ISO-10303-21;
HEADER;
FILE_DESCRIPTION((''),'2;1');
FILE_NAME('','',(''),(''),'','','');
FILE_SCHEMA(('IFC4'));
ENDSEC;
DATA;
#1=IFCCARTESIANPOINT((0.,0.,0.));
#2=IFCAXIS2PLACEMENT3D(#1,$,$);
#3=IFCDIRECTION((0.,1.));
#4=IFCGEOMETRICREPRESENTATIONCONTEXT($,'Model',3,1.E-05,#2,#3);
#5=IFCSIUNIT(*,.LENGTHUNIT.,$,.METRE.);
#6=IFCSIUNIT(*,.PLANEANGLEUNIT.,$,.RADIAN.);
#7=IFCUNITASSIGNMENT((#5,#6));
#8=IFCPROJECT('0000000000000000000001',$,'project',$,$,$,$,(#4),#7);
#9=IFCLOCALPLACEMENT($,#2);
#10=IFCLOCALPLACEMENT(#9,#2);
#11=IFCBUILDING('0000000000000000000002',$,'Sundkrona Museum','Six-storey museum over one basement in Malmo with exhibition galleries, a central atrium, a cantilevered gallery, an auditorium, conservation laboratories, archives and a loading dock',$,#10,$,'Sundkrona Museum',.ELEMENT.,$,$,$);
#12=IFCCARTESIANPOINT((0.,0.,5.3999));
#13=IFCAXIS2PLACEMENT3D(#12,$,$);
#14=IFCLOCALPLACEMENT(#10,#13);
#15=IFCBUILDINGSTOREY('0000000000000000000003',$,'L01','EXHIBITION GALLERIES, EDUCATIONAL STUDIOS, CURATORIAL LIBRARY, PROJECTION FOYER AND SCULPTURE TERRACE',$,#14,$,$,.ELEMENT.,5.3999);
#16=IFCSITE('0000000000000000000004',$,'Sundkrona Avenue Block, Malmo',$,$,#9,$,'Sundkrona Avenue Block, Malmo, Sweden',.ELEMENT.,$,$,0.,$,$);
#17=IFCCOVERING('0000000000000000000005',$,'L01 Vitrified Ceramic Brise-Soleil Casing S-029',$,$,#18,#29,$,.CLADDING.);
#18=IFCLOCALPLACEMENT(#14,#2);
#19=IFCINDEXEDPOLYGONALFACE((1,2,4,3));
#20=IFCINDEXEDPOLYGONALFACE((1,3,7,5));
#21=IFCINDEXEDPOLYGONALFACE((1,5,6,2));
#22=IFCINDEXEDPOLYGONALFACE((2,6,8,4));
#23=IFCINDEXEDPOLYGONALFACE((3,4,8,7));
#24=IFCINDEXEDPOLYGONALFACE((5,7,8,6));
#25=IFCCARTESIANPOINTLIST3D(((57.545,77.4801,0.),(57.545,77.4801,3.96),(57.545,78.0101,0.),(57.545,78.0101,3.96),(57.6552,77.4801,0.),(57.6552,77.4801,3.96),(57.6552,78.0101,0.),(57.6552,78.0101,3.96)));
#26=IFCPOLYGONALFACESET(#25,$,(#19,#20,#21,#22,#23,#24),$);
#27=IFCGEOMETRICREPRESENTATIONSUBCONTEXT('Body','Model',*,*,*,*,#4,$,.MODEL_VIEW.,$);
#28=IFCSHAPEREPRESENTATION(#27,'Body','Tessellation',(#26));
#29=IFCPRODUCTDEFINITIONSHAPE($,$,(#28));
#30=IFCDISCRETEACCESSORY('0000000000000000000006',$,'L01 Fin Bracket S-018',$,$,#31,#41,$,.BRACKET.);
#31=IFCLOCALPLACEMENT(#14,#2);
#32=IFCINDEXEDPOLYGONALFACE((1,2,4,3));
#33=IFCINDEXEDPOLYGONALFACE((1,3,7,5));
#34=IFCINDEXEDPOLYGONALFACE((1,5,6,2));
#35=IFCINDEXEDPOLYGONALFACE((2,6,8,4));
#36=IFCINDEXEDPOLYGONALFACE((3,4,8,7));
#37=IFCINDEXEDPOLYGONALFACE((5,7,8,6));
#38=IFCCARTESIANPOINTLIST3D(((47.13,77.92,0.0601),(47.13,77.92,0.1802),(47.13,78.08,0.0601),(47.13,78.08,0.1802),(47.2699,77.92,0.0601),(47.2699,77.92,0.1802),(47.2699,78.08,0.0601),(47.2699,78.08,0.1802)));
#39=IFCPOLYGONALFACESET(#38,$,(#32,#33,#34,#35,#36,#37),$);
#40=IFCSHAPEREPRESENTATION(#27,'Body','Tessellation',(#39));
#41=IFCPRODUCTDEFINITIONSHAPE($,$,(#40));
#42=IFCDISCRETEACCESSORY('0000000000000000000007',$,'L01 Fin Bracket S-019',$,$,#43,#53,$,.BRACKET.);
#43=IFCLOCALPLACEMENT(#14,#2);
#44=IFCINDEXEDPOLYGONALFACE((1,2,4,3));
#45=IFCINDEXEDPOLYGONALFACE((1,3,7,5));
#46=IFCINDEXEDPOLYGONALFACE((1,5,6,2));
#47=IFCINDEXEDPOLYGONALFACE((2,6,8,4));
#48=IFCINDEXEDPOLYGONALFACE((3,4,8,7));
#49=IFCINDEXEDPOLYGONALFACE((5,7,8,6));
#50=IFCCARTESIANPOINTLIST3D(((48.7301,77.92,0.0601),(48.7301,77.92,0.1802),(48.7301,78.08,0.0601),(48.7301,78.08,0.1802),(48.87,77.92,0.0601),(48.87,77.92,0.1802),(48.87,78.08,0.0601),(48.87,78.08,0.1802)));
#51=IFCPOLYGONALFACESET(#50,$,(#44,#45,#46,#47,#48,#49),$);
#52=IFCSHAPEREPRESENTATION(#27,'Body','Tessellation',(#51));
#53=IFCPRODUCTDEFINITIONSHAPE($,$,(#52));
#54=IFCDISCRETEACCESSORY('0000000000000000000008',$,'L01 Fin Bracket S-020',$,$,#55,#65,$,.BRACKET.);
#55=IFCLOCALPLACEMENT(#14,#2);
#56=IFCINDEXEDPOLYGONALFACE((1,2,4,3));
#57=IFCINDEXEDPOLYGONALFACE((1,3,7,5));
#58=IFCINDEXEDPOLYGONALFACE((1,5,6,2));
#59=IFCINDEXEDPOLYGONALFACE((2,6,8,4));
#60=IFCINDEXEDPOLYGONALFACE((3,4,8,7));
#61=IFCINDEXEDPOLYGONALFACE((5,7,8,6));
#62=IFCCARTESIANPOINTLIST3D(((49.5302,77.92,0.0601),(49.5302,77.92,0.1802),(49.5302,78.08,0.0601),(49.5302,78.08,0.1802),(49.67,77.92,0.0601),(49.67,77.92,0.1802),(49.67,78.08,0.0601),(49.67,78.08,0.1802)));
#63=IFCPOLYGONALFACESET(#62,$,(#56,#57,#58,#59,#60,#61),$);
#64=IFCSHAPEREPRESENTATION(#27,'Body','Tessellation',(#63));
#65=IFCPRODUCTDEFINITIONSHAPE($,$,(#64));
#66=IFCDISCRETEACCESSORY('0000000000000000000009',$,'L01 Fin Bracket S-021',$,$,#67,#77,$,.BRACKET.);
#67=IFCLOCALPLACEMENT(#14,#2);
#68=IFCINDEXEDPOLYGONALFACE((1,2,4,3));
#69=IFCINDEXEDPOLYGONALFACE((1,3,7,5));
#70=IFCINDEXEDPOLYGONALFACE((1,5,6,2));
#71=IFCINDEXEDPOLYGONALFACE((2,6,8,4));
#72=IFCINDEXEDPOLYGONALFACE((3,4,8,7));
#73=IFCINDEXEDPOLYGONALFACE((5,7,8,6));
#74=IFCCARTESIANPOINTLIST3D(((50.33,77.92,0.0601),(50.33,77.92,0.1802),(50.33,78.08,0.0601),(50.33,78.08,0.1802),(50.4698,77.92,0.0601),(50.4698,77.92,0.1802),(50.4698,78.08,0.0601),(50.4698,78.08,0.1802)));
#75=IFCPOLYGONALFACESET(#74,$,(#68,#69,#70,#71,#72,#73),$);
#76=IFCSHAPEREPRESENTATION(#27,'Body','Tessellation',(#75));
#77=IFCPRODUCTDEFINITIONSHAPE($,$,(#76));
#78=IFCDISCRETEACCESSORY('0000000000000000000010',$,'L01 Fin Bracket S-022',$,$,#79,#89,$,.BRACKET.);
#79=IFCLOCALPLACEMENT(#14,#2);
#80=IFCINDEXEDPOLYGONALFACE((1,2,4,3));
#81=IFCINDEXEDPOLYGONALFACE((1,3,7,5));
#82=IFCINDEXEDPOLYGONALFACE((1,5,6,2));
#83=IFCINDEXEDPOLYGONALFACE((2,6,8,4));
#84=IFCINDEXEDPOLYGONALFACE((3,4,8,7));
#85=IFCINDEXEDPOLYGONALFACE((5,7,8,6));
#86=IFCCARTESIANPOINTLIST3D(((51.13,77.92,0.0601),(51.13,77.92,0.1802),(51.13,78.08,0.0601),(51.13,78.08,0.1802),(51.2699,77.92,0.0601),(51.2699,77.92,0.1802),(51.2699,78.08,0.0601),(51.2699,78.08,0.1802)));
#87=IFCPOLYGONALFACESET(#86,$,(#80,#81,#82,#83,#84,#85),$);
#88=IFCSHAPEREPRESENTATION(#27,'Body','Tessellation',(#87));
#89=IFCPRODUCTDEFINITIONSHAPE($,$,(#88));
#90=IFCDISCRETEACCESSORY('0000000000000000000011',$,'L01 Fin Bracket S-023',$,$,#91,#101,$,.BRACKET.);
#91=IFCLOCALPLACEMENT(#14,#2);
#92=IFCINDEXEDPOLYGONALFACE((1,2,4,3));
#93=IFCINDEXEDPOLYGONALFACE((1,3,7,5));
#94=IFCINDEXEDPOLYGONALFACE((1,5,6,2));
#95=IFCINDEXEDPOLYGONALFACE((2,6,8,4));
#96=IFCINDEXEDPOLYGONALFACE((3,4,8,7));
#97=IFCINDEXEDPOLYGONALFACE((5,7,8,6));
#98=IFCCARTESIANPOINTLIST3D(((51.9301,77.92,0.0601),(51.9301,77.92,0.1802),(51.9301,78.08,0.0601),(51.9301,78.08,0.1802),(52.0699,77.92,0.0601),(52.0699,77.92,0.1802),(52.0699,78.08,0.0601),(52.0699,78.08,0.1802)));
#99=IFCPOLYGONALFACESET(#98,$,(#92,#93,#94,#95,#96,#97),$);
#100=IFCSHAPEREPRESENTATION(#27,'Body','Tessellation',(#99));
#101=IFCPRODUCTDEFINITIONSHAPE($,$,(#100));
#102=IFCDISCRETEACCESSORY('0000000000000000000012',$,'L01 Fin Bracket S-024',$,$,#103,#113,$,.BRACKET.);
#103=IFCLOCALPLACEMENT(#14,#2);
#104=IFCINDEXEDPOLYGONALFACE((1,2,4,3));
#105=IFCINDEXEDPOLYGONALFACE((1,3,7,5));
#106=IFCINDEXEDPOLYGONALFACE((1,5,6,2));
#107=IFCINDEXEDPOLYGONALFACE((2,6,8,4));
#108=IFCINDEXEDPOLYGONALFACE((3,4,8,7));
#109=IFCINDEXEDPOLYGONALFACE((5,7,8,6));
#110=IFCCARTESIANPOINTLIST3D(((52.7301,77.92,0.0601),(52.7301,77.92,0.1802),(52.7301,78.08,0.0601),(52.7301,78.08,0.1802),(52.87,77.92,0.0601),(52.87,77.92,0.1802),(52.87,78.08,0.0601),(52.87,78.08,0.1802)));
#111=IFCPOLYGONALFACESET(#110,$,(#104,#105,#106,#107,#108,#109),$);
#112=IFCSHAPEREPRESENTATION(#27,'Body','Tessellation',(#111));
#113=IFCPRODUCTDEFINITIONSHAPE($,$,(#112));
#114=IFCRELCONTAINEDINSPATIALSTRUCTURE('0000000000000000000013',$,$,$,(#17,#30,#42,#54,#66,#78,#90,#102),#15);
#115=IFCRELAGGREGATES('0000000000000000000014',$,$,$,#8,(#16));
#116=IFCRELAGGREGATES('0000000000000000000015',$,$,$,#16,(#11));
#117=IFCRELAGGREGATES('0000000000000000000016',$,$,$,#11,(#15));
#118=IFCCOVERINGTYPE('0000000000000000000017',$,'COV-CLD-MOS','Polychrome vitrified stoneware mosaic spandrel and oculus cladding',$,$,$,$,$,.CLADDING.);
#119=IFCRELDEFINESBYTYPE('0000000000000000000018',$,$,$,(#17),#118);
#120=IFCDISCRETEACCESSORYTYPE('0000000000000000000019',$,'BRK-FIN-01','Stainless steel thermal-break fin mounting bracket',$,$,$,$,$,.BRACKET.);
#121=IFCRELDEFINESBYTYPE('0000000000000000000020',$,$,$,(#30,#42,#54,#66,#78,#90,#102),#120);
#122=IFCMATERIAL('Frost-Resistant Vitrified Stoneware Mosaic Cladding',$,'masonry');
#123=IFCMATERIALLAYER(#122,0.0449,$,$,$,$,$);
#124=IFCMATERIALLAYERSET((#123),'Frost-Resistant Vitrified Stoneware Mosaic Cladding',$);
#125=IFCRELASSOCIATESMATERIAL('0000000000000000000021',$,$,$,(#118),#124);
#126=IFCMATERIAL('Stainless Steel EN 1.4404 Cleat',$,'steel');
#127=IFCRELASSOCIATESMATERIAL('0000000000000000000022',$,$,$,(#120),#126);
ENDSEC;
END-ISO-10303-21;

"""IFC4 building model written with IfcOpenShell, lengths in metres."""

from ifc_helpers import new_model, si_unit, direction, frame, origin, origin_2d, place, context, subcontext, project, spatial, rectangle, extrude, material, layer, layer_set, type_object, element, save


model = new_model("IFC4")

# Units and contexts
model_context = context("Model", 3, precision=1e-05, world=origin(), true_north=direction((0.0, 1.0)))
body_context = subcontext(model_context, "Body", "Model", "MODEL_VIEW")
ifc_project = project(units=[si_unit("LENGTHUNIT", "METRE"), si_unit("PLANEANGLEUNIT", "RADIAN")], contexts=[model_context])

# Site, building, storey
site_placement = place(None, origin())
site = spatial("IfcSite", under=ifc_project, at=site_placement, Name="Sundkrona Avenue Block, Malmo", LongName="Sundkrona Avenue Block, Malmo, Sweden", CompositionType="ELEMENT", RefElevation=0.0)
building_placement = place(site_placement, origin())
building = spatial("IfcBuilding", under=site, at=building_placement, Name="Sundkrona Museum", Description="Six-storey museum over one basement in Malmo with exhibition galleries, a central atrium, a cantilevered gallery, an auditorium, conservation laboratories, archives and a loading dock", LongName="Sundkrona Museum", CompositionType="ELEMENT")
storey_placement = place(building_placement, frame((0.0, 0.0, 5.3999)))
storey = spatial("IfcBuildingStorey", under=building, at=storey_placement, Name="L01", Description="EXHIBITION GALLERIES, EDUCATIONAL STUDIOS, CURATORIAL LIBRARY, PROJECTION FOYER AND SCULPTURE TERRACE", CompositionType="ELEMENT", Elevation=5.3999)

# Covering
ifc_material_1 = material(Name="Frost-Resistant Vitrified Stoneware Mosaic Cladding", Category="masonry")
ifc_layer = layer(ifc_material_1, 0.0449)
ifc_layer_set = layer_set([ifc_layer], Name="Frost-Resistant Vitrified Stoneware Mosaic Cladding")
covering_type = type_object("IfcCoveringType", Name="COV-CLD-MOS", Description="Polychrome vitrified stoneware mosaic spandrel and oculus cladding", PredefinedType="CLADDING", material=ifc_layer_set)
for number, where, z_axis, x_axis, name in (
    (1, (57.6001, 77.7451, 0.0), (0.0, 0.0, 1.0), (1.0, 0.0, 0.0), "L01 Vitrified Ceramic Brise-Soleil Casing S-029"),
):
    element("IfcCovering", number, at=place(storey_placement, frame(where, z_axis=z_axis, x_axis=x_axis)), inside=storey, type_object=covering_type, Name=name, PredefinedType="CLADDING", context=body_context, shape_type="SweptSolid", body=[
        extrude(rectangle(XDim=0.1101, YDim=0.53, at=origin_2d()), origin(), (0.0, 0.0, 1.0), 3.96),
    ])

# Discrete accessories
ifc_material_2 = material(Name="Stainless Steel EN 1.4404 Cleat", Category="steel")
discrete_accessory_type = type_object("IfcDiscreteAccessoryType", Name="BRK-FIN-01", Description="Stainless steel thermal-break fin mounting bracket", PredefinedType="BRACKET", material=ifc_material_2)
for number, where, z_axis, x_axis, name in (
    (2, (47.2, 78.0, 0.0601), (0.0, 0.0, 1.0), (1.0, 0.0, 0.0), "L01 Fin Bracket S-018"),
    (3, (48.8, 78.0, 0.0601), (0.0, 0.0, 1.0), (1.0, 0.0, 0.0), "L01 Fin Bracket S-019"),
    (4, (49.6001, 78.0, 0.0601), (0.0, 0.0, 1.0), (1.0, 0.0, 0.0), "L01 Fin Bracket S-020"),
    (5, (50.3999, 78.0, 0.0601), (0.0, 0.0, 1.0), (1.0, 0.0, 0.0), "L01 Fin Bracket S-021"),
    (6, (51.2, 78.0, 0.0601), (0.0, 0.0, 1.0), (1.0, 0.0, 0.0), "L01 Fin Bracket S-022"),
    (7, (52.0, 78.0, 0.0601), (0.0, 0.0, 1.0), (1.0, 0.0, 0.0), "L01 Fin Bracket S-023"),
    (8, (52.8, 78.0, 0.0601), (0.0, 0.0, 1.0), (1.0, 0.0, 0.0), "L01 Fin Bracket S-024"),
):
    element("IfcDiscreteAccessory", number, at=place(storey_placement, frame(where, z_axis=z_axis, x_axis=x_axis)), inside=storey, type_object=discrete_accessory_type, Name=name, PredefinedType="BRACKET", context=body_context, shape_type="SweptSolid", body=[
        extrude(rectangle(XDim=0.1399, YDim=0.1599, at=origin_2d()), origin(), (0.0, 0.0, 1.0), 0.1201),
    ])

save(model, "model.ifc")
